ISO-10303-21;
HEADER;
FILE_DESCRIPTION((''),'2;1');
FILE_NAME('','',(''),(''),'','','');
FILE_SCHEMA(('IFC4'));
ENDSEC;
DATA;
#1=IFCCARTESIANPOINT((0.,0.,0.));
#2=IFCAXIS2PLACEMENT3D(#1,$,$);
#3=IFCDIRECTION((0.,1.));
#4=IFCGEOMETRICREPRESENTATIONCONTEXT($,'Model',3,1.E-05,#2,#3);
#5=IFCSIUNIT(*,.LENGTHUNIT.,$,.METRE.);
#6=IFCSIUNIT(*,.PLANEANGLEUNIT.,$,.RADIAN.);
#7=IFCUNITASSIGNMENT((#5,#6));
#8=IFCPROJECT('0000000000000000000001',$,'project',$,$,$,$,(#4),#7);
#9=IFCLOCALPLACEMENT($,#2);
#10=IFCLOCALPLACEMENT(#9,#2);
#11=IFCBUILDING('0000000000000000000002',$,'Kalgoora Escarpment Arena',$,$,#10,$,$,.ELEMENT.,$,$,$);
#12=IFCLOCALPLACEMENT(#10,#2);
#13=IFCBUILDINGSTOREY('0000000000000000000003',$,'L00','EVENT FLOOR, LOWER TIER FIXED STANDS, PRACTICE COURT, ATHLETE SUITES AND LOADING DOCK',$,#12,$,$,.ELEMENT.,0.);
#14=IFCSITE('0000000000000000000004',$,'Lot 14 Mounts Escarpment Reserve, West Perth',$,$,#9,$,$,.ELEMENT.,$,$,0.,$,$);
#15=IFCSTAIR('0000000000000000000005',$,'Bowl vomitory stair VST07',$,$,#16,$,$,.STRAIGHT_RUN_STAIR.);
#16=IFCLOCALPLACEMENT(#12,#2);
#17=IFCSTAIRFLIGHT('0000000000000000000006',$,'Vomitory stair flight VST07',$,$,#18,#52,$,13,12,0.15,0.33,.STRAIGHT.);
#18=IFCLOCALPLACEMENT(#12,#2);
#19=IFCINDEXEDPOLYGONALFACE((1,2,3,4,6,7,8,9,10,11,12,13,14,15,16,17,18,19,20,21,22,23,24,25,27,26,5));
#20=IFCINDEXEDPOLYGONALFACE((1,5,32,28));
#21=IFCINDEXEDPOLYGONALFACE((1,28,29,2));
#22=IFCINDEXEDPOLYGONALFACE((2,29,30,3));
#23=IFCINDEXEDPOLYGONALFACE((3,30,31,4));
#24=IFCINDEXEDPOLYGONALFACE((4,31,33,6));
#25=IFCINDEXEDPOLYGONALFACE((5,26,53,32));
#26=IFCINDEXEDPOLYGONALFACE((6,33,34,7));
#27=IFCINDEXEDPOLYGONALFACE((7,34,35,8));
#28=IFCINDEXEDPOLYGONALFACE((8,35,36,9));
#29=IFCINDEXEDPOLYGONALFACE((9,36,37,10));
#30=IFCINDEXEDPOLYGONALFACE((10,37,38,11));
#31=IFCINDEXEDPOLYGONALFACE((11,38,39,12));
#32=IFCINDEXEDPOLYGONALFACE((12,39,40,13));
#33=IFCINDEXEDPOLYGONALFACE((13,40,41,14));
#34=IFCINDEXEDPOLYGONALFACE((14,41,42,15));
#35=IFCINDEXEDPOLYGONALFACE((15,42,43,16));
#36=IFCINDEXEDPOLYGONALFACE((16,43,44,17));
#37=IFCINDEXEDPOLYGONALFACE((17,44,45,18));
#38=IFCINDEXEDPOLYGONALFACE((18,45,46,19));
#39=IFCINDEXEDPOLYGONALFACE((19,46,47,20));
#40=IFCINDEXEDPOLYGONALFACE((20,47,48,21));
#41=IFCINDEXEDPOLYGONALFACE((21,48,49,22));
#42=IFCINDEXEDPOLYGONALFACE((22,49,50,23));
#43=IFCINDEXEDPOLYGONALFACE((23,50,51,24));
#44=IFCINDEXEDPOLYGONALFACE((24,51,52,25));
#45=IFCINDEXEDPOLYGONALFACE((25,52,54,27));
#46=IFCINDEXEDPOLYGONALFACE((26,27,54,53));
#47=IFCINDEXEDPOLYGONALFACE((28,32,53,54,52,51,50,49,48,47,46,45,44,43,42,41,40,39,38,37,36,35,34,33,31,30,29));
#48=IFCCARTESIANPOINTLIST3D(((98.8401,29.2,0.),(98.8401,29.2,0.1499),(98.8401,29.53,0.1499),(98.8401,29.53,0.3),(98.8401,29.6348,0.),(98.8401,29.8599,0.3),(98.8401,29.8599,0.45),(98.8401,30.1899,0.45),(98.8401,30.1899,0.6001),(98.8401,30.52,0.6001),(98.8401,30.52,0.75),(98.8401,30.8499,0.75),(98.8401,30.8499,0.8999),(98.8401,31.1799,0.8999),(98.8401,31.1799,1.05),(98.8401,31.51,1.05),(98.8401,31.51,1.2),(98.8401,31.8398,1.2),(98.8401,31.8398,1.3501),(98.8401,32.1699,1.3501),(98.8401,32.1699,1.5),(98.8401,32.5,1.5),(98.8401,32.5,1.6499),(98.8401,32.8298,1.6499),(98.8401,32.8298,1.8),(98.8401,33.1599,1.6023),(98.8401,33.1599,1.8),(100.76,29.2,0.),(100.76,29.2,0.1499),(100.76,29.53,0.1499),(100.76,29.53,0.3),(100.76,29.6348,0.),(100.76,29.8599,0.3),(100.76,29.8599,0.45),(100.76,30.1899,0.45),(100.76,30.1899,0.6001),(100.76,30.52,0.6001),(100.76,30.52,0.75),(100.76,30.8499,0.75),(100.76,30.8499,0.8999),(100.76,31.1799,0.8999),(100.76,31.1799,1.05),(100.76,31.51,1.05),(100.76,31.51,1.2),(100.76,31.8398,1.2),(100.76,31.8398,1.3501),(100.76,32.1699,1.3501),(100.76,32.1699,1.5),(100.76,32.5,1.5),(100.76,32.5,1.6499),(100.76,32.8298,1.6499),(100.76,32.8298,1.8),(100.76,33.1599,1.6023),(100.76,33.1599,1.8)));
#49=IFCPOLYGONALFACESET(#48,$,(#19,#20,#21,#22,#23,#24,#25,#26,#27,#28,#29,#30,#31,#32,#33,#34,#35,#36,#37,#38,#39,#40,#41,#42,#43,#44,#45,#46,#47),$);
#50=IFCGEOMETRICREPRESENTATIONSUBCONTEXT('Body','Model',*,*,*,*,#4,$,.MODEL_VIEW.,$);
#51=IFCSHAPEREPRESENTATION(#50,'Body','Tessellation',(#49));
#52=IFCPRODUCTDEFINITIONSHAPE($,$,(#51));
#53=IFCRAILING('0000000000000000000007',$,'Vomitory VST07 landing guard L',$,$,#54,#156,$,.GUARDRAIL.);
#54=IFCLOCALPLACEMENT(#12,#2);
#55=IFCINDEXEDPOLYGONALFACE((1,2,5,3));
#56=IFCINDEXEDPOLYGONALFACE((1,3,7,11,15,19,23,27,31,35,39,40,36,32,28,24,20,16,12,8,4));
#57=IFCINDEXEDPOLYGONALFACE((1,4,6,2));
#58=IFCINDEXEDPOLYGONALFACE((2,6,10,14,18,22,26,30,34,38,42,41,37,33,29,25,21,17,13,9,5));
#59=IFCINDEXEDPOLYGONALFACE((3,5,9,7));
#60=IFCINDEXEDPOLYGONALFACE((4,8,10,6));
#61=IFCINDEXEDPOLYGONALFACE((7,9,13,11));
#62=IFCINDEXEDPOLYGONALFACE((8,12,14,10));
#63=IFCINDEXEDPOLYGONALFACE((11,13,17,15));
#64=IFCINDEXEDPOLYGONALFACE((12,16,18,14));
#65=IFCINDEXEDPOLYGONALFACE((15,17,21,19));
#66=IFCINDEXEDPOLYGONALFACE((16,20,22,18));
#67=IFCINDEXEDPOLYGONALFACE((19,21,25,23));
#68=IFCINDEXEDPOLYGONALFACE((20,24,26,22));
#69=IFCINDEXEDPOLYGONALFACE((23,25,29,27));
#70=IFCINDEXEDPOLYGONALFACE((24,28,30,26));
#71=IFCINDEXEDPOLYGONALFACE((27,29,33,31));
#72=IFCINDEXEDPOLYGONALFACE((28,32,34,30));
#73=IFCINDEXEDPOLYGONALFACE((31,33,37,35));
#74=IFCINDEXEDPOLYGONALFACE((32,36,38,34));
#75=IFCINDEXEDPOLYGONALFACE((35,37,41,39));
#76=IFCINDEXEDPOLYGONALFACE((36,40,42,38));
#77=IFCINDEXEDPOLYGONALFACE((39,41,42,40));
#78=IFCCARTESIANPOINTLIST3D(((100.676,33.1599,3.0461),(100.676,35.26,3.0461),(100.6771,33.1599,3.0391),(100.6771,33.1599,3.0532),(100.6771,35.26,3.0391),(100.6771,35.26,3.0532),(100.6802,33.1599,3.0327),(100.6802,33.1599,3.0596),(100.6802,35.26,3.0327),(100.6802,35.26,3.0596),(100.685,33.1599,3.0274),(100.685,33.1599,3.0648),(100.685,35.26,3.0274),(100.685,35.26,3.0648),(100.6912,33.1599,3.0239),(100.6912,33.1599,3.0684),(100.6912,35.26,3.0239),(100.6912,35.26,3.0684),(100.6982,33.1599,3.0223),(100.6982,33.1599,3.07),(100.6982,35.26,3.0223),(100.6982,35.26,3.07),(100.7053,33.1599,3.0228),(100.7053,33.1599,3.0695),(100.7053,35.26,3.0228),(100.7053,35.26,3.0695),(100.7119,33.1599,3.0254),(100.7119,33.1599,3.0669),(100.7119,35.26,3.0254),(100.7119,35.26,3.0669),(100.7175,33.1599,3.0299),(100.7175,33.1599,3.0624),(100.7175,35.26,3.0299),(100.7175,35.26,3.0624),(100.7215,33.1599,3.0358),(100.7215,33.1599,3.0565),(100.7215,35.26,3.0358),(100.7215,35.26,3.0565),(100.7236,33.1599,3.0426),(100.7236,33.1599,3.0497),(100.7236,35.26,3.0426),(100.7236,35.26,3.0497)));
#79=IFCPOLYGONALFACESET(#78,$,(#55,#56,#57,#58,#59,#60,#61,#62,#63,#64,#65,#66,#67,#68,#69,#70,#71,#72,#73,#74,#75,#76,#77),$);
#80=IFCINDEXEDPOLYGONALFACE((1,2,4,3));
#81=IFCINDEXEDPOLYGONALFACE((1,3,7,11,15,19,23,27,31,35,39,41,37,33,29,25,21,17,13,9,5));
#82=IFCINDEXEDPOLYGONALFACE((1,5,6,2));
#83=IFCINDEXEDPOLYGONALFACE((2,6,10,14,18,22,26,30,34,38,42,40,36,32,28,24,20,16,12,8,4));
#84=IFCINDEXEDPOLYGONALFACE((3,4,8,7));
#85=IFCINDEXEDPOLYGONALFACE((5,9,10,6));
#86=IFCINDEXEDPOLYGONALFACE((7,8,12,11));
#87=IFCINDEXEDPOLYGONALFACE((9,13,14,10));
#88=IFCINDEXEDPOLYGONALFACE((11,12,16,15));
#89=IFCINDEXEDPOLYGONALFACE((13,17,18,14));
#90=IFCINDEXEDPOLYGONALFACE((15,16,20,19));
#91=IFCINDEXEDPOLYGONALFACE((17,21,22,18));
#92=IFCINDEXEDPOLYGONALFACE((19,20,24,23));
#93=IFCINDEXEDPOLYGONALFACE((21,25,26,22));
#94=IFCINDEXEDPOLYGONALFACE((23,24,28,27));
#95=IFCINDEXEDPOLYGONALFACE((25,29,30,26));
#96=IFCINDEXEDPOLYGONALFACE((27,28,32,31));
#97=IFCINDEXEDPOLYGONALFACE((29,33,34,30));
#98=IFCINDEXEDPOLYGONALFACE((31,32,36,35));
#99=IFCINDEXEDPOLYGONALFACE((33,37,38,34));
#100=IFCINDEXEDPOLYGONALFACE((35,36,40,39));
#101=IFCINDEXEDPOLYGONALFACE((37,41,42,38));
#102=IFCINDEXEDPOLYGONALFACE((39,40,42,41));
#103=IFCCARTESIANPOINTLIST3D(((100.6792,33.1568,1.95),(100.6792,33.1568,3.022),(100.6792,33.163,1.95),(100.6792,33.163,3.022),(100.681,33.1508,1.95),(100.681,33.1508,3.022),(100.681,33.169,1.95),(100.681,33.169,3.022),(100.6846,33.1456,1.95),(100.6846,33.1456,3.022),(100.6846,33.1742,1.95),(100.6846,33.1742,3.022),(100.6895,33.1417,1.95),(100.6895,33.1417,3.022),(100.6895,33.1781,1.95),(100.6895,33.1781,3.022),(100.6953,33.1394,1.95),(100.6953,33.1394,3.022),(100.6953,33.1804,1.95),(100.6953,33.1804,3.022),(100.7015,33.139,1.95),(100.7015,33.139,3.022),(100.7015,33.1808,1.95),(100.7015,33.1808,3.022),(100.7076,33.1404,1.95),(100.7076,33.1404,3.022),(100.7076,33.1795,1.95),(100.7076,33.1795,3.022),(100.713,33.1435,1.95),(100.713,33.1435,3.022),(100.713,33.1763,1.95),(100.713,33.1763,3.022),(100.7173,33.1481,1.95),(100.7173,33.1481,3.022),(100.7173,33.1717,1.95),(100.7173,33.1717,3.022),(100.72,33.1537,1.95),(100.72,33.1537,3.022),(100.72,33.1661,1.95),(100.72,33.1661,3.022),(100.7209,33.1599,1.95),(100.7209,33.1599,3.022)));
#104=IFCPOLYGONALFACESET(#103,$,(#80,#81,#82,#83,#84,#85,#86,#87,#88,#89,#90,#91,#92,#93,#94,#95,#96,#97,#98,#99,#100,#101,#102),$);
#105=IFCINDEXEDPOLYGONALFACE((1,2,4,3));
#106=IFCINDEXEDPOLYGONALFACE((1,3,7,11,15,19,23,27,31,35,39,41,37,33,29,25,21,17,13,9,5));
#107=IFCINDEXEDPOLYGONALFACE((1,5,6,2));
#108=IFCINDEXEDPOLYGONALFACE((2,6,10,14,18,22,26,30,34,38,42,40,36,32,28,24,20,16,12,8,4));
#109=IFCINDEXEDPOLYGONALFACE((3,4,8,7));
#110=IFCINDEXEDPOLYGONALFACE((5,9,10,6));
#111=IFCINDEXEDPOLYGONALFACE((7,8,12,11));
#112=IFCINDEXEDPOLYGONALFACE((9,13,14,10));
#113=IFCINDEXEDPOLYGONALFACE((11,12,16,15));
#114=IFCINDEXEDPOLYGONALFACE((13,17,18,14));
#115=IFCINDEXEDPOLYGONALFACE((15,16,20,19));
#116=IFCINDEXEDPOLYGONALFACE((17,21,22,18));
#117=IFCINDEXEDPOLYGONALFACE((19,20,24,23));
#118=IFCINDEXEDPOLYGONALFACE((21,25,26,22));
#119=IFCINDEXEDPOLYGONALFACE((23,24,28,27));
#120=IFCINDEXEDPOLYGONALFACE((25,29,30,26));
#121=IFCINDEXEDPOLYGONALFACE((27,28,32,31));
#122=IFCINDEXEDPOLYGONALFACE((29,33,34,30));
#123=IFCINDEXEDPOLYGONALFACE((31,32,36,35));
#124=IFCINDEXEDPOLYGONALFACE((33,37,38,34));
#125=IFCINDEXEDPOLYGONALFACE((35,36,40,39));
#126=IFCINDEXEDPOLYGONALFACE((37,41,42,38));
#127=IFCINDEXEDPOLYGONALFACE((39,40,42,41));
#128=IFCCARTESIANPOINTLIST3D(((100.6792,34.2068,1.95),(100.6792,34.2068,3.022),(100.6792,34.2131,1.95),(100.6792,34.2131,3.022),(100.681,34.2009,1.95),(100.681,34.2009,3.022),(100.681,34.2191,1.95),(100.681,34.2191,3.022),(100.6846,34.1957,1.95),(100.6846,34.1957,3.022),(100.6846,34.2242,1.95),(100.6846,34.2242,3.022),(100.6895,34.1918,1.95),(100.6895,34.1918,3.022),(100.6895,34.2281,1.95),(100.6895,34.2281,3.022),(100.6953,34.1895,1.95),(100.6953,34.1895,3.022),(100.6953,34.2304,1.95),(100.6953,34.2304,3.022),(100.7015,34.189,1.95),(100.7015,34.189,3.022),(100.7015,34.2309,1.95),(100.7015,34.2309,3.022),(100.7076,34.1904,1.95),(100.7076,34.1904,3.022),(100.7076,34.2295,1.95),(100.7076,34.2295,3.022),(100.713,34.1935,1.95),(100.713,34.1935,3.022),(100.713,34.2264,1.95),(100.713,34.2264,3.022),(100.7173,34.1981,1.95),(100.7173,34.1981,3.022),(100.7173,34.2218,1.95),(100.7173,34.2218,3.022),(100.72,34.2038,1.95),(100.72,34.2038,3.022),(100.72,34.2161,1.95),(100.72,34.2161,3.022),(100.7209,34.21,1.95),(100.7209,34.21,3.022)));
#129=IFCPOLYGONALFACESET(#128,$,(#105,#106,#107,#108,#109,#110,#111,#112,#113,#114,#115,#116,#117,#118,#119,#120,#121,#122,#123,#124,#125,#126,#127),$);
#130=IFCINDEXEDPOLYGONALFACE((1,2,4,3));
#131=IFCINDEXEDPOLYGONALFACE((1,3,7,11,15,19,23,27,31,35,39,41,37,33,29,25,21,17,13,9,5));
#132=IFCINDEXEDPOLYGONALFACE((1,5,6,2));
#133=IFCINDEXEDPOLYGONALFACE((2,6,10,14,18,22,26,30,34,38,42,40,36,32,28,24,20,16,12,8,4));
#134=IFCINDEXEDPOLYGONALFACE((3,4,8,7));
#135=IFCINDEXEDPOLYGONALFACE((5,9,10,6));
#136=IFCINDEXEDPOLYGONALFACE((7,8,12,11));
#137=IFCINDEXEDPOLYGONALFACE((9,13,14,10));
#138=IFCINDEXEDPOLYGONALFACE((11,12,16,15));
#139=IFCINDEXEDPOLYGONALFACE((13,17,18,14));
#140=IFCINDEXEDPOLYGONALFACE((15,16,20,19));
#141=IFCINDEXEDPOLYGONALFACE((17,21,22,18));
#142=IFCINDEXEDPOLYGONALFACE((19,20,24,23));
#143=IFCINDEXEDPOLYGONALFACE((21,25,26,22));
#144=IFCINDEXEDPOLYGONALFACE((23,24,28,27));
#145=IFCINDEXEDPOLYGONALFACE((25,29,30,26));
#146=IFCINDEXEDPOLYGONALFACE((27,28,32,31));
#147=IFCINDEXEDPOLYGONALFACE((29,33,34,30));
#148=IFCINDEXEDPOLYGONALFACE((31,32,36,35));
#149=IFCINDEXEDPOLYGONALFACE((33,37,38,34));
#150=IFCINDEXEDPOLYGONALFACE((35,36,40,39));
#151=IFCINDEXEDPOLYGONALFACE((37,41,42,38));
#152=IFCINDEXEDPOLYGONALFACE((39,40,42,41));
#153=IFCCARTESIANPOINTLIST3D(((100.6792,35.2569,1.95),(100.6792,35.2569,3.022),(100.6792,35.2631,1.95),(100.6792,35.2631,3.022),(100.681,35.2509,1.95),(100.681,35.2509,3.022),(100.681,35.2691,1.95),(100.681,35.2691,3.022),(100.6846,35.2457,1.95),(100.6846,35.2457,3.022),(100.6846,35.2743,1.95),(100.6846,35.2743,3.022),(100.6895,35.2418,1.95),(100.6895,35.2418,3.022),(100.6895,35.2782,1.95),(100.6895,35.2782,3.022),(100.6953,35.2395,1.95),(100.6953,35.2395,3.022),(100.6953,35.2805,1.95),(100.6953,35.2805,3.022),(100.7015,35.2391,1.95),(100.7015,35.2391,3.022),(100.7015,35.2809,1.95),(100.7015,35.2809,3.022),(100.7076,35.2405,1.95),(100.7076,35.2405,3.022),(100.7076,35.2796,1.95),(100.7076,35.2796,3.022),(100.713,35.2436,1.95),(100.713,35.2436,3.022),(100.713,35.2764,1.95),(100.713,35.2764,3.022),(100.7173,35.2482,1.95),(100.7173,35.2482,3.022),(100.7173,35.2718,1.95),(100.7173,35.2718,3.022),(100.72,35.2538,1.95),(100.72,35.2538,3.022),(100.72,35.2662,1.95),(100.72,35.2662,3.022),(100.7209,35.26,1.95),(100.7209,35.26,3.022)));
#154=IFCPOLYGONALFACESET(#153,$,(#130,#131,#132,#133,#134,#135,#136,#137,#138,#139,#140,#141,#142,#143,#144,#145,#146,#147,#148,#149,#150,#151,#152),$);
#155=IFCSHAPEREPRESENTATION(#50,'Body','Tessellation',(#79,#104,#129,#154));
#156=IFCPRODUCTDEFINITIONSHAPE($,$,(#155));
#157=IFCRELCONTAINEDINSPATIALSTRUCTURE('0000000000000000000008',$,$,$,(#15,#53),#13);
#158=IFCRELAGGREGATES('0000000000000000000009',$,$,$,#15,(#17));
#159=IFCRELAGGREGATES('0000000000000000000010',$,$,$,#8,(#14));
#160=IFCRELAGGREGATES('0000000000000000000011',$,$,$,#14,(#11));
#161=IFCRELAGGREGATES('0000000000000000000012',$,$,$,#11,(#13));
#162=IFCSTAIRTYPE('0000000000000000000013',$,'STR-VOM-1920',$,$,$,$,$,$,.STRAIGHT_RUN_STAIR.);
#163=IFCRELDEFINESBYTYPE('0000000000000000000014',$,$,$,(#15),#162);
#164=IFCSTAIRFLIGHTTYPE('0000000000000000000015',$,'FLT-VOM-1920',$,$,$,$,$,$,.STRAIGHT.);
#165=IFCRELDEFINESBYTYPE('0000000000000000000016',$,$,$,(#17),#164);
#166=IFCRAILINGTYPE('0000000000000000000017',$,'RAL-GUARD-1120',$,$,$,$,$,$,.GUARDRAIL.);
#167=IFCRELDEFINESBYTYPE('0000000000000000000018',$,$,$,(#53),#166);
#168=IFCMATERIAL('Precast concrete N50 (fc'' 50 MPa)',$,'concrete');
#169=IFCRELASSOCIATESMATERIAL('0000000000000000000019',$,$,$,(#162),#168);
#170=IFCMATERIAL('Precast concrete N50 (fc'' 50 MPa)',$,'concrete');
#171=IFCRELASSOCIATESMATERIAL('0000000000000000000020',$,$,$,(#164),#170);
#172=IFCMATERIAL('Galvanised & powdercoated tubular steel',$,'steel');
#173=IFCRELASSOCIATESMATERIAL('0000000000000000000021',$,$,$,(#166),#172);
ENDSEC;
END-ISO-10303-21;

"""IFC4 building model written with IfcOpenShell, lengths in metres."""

from ifc_helpers import new_model, si_unit, direction, frame, origin, origin_2d, place, context, subcontext, project, spatial, polyline, circle, outline, extrude, material, type_object, element, aggregate, save


model = new_model("IFC4")

# Units and contexts
model_context = context("Model", 3, precision=1e-05, world=origin(), true_north=direction((0.0, 1.0)))
body_context = subcontext(model_context, "Body", "Model", "MODEL_VIEW")
ifc_project = project(units=[si_unit("LENGTHUNIT", "METRE"), si_unit("PLANEANGLEUNIT", "RADIAN")], contexts=[model_context])

# Site, building, storey
site_placement = place(None, origin())
site = spatial("IfcSite", under=ifc_project, at=site_placement, Name="Lot 14 Mounts Escarpment Reserve, West Perth", CompositionType="ELEMENT", RefElevation=0.0)
building_placement = place(site_placement, origin())
building = spatial("IfcBuilding", under=site, at=building_placement, Name="Kalgoora Escarpment Arena", CompositionType="ELEMENT")
storey_placement = place(building_placement, origin())
storey = spatial("IfcBuildingStorey", under=building, at=storey_placement, Name="L00", Description="EVENT FLOOR, LOWER TIER FIXED STANDS, PRACTICE COURT, ATHLETE SUITES AND LOADING DOCK", CompositionType="ELEMENT", Elevation=0.0)

# Stair, stair flight
ifc_material_1 = material(Name="Precast concrete N50 (fc' 50 MPa)", Category="concrete")
stair_type = type_object("IfcStairType", Name="STR-VOM-1920", PredefinedType="STRAIGHT_RUN_STAIR", material=ifc_material_1)
stair_placement = place(storey_placement, origin())
stair = element("IfcStair", 1, at=stair_placement, inside=storey, type_object=stair_type, Name="Bowl vomitory stair VST07", PredefinedType="STRAIGHT_RUN_STAIR")
ifc_material_2 = material(Name="Precast concrete N50 (fc' 50 MPa)", Category="concrete")
stair_flight_type = type_object("IfcStairFlightType", Name="FLT-VOM-1920", PredefinedType="STRAIGHT", material=ifc_material_2)
stair_flight_placement = place(storey_placement, frame((99.8, 29.2, 0.0), z_axis=(0.0, 0.0, 1.0), x_axis=(0.0, 1.0, 0.0)))
stair_flight = element("IfcStairFlight", 2, at=stair_flight_placement, type_object=stair_flight_type, Name="Vomitory stair flight VST07", NumberOfRisers=13, NumberOfTreads=12, PredefinedType="STRAIGHT", RiserHeight=0.15, TreadLength=0.33, context=body_context, shape_type="SweptSolid", body=[
    extrude(outline(polyline([(0.0, 0.0), (0.0, 0.1499), (0.3301, 0.1499), (0.3301, 0.3), (0.6599, 0.3), (0.6599, 0.45), (0.99, 0.45), (0.99, 0.6001), (1.3201, 0.6001), (1.3201, 0.75), (1.6499, 0.75), (1.6499, 0.8999), (1.98, 0.8999), (1.98, 1.05), (2.3101, 1.05), (2.3101, 1.2), (2.6399, 1.2), (2.6399, 1.3501), (2.97, 1.3501), (2.97, 1.5), (3.3, 1.5), (3.3, 1.6499), (3.6299, 1.6499), (3.6299, 1.8), (3.96, 1.8), (3.96, 1.95), (3.96, 1.6023), (0.4348, 0.0), (0.0, 0.0)])), frame((0.0, 0.96, 0.0), z_axis=(0.0, -1.0, 0.0), x_axis=(1.0, 0.0, 0.0)), (0.0, 0.0, 1.0), 1.9199),
])
aggregate(stair, [stair_flight])

# Railing
ifc_material_3 = material(Name="Galvanised & powdercoated tubular steel", Category="steel")
railing_type_1 = type_object("IfcRailingType", Name="RAL-GUARD-1120", PredefinedType="GUARDRAIL", material=ifc_material_3)
for number, where, name in (
    (3, (100.7, 33.1599, 1.95), "Vomitory VST07 landing guard L"),
):
    element("IfcRailing", number, at=place(storey_placement, frame(where)), inside=storey, type_object=railing_type_1, Name=name, PredefinedType="GUARDRAIL", context=body_context, shape_type="SweptSolid", body=[
        extrude(circle(Radius=0.0239, at=origin_2d()), frame((0.0, 0.0, 1.0962), z_axis=(0.0, 1.0, 0.0), x_axis=(-1.0, 0.0, 0.0)), (0.0, 0.0, 1.0), 2.1001),
        extrude(circle(Radius=0.021, at=origin_2d()), origin(), (0.0, 0.0, 1.0), 1.072),
        extrude(circle(Radius=0.021, at=origin_2d()), frame((0.0, 1.05, 0.0)), (0.0, 0.0, 1.0), 1.072),
        extrude(circle(Radius=0.021, at=origin_2d()), frame((0.0, 2.1001, 0.0)), (0.0, 0.0, 1.0), 1.072),
    ])

save(model, "model.ifc")
